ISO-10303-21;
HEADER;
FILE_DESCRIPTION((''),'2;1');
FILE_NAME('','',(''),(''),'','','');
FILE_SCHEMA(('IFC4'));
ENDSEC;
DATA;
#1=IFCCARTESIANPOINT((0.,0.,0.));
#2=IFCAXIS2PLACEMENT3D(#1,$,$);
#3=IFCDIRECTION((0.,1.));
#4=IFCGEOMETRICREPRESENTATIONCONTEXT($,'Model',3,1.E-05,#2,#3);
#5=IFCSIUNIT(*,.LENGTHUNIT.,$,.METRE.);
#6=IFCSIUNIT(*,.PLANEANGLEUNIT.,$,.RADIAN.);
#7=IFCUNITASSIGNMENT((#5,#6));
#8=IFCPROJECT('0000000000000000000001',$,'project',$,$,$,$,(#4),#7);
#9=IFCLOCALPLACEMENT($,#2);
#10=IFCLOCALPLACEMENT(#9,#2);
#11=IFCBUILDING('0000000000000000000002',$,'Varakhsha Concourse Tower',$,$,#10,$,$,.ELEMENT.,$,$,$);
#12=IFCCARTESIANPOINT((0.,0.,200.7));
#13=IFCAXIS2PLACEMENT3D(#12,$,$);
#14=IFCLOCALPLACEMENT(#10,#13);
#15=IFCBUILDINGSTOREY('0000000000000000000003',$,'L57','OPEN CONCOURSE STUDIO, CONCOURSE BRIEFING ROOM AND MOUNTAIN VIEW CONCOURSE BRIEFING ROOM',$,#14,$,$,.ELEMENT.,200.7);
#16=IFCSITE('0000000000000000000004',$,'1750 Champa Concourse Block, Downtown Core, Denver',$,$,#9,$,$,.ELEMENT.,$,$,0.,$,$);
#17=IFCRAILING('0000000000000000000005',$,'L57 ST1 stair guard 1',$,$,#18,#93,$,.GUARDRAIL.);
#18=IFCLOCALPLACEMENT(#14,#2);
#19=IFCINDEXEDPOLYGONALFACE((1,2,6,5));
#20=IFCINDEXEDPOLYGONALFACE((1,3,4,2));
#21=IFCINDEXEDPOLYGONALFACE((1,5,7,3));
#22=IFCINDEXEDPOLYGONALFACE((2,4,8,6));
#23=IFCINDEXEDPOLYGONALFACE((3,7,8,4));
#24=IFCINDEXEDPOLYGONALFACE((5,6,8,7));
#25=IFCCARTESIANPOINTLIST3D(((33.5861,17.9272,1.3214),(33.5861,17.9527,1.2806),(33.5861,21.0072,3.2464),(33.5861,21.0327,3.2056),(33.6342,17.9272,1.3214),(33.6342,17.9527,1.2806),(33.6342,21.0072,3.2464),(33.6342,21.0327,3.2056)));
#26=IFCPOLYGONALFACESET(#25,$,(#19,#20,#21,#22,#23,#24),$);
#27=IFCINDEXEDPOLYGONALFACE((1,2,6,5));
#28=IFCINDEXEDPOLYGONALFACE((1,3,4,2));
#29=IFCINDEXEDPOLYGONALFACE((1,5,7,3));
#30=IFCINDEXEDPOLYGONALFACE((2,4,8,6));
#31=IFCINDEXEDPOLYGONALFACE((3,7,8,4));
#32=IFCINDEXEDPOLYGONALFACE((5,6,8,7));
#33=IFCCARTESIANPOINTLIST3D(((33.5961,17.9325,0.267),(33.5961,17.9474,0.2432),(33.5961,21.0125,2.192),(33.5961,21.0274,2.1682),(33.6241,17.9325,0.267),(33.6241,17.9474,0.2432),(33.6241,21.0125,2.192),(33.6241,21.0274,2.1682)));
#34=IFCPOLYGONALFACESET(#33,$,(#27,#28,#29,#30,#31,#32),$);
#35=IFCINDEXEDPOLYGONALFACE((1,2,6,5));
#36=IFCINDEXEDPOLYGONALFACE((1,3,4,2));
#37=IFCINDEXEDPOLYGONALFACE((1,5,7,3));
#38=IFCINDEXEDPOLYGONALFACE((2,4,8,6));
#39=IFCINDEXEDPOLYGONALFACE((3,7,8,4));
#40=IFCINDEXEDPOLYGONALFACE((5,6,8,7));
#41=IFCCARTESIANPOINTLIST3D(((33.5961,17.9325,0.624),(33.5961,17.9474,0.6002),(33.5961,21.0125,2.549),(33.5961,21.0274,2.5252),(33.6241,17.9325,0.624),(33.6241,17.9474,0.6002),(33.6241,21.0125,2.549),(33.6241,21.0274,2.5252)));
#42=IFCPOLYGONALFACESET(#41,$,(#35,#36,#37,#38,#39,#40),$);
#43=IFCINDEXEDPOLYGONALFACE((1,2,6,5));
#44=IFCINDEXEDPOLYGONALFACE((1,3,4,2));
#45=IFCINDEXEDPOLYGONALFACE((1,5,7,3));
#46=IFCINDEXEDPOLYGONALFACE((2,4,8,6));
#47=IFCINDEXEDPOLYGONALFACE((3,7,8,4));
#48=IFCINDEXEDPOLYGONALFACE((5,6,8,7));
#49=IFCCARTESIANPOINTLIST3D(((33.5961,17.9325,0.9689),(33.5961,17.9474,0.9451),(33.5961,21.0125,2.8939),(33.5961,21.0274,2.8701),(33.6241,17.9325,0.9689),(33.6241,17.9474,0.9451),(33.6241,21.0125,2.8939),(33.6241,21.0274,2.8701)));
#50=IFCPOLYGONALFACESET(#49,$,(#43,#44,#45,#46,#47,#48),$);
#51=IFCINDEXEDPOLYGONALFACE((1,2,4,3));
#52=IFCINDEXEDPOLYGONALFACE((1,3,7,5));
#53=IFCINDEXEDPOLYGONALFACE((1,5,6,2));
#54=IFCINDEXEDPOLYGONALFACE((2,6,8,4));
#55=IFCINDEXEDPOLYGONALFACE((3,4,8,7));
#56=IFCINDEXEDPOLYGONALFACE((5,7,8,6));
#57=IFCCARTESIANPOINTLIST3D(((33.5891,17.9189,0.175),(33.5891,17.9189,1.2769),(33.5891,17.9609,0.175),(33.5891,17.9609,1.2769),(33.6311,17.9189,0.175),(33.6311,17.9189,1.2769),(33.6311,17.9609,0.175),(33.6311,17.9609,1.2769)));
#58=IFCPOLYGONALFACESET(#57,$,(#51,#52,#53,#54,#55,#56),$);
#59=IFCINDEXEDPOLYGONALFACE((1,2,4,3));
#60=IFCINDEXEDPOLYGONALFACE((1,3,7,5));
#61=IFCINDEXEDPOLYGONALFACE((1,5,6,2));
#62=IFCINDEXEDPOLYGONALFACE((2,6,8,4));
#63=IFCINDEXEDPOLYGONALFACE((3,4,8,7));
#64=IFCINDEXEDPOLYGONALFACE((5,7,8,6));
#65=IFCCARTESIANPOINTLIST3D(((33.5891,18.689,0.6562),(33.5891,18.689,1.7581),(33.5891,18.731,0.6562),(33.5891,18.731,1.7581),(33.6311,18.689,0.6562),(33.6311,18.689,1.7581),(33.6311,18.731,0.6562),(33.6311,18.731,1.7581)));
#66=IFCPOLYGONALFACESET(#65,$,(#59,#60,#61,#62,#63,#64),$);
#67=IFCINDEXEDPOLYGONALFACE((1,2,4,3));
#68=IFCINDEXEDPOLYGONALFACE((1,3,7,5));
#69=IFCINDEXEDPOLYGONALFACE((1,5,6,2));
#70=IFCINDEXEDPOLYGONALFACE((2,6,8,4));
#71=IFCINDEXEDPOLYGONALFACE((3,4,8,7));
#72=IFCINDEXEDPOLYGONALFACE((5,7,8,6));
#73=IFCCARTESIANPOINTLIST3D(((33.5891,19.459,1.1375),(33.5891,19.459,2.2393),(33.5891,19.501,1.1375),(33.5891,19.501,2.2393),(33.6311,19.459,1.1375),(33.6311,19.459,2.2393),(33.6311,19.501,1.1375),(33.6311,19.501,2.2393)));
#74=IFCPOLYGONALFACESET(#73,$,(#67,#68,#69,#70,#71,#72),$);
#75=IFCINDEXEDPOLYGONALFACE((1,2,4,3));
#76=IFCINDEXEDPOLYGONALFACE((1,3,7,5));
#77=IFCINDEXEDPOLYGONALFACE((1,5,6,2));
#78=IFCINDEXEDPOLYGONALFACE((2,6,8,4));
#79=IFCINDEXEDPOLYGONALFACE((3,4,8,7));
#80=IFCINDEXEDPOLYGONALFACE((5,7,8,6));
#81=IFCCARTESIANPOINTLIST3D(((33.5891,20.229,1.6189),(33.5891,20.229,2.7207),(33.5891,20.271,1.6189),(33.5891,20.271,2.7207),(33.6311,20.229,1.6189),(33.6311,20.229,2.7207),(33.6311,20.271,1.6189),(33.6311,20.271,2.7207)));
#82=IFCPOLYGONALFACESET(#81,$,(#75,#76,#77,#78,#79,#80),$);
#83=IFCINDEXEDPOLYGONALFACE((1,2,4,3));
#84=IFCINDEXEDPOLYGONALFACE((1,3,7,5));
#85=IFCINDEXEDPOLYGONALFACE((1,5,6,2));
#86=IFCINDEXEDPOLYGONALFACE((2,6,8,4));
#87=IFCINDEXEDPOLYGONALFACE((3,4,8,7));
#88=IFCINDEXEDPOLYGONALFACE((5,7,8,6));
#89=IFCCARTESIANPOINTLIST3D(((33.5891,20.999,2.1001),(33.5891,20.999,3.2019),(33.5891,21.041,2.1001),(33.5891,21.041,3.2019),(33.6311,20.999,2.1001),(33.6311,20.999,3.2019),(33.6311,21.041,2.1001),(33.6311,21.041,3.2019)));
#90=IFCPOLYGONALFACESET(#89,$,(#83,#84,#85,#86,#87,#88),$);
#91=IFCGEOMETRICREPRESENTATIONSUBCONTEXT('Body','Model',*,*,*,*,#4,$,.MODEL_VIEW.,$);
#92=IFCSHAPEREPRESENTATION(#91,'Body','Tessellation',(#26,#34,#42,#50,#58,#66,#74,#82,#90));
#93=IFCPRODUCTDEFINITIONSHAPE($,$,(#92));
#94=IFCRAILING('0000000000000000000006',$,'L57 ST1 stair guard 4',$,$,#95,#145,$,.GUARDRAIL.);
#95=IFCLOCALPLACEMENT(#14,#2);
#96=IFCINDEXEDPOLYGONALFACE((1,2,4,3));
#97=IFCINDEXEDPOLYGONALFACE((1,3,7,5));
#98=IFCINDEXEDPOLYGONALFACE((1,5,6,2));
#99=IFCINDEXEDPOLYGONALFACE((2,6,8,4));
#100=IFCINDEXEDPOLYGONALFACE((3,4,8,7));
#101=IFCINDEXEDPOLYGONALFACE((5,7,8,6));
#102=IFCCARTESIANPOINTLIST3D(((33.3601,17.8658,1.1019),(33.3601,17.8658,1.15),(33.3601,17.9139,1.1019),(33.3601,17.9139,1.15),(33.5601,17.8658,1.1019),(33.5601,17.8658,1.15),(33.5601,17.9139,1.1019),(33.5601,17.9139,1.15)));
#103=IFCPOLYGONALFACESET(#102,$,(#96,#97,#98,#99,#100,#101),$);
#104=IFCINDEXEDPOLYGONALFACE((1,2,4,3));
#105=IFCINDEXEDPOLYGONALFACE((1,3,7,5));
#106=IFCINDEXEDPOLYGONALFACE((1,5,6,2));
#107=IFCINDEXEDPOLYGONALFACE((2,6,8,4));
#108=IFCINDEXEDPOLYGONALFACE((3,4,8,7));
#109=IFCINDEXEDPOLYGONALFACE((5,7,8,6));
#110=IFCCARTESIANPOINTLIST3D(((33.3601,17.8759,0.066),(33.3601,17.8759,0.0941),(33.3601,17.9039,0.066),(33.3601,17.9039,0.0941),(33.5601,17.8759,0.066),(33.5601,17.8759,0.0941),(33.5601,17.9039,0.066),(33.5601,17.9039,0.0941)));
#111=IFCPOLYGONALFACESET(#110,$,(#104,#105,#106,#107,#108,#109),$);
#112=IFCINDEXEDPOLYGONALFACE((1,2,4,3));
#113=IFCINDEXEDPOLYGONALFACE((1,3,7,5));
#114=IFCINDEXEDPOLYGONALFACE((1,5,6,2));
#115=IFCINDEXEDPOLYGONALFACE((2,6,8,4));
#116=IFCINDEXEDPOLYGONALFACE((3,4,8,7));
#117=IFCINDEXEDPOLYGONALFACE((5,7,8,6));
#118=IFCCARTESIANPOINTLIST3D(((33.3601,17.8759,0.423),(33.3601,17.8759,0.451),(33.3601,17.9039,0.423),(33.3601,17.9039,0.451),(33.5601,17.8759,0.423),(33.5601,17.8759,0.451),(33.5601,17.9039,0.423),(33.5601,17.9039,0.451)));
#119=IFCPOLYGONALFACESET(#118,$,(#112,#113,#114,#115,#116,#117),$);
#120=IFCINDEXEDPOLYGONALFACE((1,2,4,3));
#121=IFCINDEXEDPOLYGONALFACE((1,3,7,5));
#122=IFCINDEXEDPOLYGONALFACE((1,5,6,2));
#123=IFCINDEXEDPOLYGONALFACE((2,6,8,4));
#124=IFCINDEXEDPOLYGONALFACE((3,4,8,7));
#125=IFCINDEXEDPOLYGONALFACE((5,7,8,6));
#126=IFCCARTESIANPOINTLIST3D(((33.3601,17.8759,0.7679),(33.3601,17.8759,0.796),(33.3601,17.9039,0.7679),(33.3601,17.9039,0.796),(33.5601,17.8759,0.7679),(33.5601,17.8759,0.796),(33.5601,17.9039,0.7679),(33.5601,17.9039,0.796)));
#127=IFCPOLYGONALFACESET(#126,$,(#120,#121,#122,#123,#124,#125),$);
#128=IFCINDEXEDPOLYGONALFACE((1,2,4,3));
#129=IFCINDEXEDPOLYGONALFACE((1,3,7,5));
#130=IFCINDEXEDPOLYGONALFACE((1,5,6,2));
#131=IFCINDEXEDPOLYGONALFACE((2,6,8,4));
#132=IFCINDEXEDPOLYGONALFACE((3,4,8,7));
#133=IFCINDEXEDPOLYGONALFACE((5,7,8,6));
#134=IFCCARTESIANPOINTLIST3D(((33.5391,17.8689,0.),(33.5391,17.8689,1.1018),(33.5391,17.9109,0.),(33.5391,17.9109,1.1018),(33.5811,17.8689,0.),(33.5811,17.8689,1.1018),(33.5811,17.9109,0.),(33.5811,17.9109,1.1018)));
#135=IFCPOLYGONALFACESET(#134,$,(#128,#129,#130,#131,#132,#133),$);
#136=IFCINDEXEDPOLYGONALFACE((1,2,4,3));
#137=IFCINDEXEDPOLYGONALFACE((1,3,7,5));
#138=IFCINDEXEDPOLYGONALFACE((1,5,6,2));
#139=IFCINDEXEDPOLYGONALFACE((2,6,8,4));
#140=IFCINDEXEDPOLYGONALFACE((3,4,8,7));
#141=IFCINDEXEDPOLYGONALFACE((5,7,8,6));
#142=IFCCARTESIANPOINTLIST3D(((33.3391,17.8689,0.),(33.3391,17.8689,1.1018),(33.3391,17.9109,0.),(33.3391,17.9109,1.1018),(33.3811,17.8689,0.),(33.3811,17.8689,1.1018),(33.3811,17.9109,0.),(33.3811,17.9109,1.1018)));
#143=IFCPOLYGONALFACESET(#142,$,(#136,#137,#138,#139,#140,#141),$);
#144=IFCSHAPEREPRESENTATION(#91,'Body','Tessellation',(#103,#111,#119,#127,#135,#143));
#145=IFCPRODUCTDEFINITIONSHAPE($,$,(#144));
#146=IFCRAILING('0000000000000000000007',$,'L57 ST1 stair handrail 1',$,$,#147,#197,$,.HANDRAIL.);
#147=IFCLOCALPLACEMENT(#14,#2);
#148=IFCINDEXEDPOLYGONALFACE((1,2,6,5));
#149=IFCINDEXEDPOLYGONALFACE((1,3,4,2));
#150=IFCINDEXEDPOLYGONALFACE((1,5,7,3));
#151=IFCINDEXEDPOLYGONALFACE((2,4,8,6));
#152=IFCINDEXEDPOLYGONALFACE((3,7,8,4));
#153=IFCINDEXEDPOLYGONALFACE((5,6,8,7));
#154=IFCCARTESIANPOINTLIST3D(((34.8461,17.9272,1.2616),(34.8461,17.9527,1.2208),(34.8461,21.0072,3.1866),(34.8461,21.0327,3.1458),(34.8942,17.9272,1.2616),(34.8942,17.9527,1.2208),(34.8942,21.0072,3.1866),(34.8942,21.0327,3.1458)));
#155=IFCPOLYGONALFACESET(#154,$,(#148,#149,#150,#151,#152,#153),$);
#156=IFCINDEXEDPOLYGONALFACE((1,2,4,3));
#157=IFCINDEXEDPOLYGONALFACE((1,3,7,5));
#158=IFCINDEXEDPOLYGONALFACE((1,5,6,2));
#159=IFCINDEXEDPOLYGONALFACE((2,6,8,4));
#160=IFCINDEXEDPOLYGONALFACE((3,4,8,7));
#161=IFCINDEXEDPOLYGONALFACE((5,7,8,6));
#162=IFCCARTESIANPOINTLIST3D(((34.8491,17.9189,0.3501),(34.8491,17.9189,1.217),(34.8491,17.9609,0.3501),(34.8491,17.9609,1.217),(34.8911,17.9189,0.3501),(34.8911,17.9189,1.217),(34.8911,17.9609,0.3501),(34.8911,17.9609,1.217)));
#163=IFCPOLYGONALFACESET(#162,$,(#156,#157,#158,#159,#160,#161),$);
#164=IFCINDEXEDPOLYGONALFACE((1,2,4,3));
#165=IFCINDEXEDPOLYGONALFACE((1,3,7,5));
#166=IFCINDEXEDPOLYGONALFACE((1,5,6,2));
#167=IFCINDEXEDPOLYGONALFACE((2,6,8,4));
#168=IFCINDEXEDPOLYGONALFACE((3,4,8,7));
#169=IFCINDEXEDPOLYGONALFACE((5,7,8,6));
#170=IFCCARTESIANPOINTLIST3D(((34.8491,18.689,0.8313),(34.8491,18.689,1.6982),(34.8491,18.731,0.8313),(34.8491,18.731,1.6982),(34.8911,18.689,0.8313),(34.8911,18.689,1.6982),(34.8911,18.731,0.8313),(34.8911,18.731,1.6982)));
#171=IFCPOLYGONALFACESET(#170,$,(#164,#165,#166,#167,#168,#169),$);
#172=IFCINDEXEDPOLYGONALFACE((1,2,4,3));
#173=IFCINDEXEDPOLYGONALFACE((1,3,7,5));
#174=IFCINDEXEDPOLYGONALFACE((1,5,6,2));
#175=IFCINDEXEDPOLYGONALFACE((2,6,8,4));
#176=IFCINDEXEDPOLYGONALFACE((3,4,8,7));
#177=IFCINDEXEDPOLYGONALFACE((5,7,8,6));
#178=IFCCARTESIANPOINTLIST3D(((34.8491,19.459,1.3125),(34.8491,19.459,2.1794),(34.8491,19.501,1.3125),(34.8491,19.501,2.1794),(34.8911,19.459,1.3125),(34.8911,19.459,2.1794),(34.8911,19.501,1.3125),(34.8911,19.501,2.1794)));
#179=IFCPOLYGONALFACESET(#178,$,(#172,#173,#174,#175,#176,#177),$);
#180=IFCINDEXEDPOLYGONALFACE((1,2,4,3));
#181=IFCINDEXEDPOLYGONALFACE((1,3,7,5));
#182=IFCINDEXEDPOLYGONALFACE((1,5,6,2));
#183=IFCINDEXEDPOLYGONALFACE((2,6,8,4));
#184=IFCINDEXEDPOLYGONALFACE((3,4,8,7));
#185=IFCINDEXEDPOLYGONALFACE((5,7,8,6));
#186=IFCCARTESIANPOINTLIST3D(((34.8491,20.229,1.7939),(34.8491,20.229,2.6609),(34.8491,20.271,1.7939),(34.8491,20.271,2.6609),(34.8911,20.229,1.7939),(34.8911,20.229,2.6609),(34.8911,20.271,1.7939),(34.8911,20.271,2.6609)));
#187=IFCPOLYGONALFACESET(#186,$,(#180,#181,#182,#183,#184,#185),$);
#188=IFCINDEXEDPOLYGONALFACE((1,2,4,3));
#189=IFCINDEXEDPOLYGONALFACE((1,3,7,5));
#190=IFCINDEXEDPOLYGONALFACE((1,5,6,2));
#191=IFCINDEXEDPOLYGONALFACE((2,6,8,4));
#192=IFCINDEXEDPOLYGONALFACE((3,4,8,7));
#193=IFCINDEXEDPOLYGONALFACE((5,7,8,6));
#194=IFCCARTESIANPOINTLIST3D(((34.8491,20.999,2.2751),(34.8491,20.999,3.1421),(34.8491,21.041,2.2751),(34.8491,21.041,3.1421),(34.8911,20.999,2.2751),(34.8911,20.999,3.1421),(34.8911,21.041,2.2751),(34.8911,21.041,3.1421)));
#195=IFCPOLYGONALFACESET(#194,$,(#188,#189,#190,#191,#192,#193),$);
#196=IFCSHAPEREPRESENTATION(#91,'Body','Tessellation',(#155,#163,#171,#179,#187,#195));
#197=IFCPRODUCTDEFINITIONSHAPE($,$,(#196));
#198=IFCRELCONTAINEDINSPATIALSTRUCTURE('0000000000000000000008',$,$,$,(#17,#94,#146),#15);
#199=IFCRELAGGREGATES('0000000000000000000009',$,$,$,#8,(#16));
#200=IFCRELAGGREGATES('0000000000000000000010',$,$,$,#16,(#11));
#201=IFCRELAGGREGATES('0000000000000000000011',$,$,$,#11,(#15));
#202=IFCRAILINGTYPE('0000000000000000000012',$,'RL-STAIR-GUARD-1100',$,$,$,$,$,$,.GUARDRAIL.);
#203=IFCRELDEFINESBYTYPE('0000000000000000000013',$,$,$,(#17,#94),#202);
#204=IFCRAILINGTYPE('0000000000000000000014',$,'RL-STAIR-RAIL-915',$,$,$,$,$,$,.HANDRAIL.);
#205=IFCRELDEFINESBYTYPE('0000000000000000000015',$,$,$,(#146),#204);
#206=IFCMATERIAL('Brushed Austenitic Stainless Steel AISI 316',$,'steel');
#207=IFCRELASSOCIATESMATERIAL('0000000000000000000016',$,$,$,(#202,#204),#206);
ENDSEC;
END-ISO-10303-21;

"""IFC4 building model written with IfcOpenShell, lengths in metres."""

from ifc_helpers import new_model, si_unit, direction, frame, origin, origin_2d, place, context, subcontext, project, spatial, rectangle, extrude, material, type_object, element, save


model = new_model("IFC4")

# Units and contexts
model_context = context("Model", 3, precision=1e-05, world=origin(), true_north=direction((0.0, 1.0)))
body_context = subcontext(model_context, "Body", "Model", "MODEL_VIEW")
ifc_project = project(units=[si_unit("LENGTHUNIT", "METRE"), si_unit("PLANEANGLEUNIT", "RADIAN")], contexts=[model_context])

# Site, building, storey
site_placement = place(None, origin())
site = spatial("IfcSite", under=ifc_project, at=site_placement, Name="1750 Champa Concourse Block, Downtown Core, Denver", CompositionType="ELEMENT", RefElevation=0.0)
building_placement = place(site_placement, origin())
building = spatial("IfcBuilding", under=site, at=building_placement, Name="Varakhsha Concourse Tower", CompositionType="ELEMENT")
storey_placement = place(building_placement, frame((0.0, 0.0, 200.7)))
storey = spatial("IfcBuildingStorey", under=building, at=storey_placement, Name="L57", Description="OPEN CONCOURSE STUDIO, CONCOURSE BRIEFING ROOM AND MOUNTAIN VIEW CONCOURSE BRIEFING ROOM", CompositionType="ELEMENT", Elevation=200.7)

# Railings
ifc_material_1 = material(Name="Brushed Austenitic Stainless Steel AISI 316", Category="steel")
railing_type_1 = type_object("IfcRailingType", Name="RL-STAIR-GUARD-1100", PredefinedType="GUARDRAIL", material=ifc_material_1)
railing_1_placement = place(storey_placement, frame((33.6101, 17.9399, 0.175)))
element("IfcRailing", 1, at=railing_1_placement, inside=storey, type_object=railing_type_1, Name="L57 ST1 stair guard 1", PredefinedType="GUARDRAIL", context=body_context, shape_type="SweptSolid", body=[
    extrude(rectangle(XDim=0.0481, YDim=0.0481, at=origin_2d()), frame((0.0, 0.0, 1.126), z_axis=(0.0, 0.847998, 0.529999), x_axis=(-1.0, 0.0, 0.0)), (0.0, 0.0, 1.0), 3.6321),
    extrude(rectangle(XDim=0.0281, YDim=0.0281, at=origin_2d()), frame((0.0, 0.0, 0.0801), z_axis=(0.0, 0.847998, 0.529999), x_axis=(-1.0, 0.0, 0.0)), (0.0, 0.0, 1.0), 3.6321),
    extrude(rectangle(XDim=0.0281, YDim=0.0281, at=origin_2d()), frame((0.0, 0.0, 0.437), z_axis=(0.0, 0.847998, 0.529999), x_axis=(-1.0, 0.0, 0.0)), (0.0, 0.0, 1.0), 3.6321),
    extrude(rectangle(XDim=0.0281, YDim=0.0281, at=origin_2d()), frame((0.0, 0.0, 0.782), z_axis=(0.0, 0.847998, 0.529999), x_axis=(-1.0, 0.0, 0.0)), (0.0, 0.0, 1.0), 3.6321),
    extrude(rectangle(XDim=0.042, YDim=0.042, at=origin_2d()), origin(), (0.0, 0.0, 1.0), 1.1018),
    extrude(rectangle(XDim=0.042, YDim=0.042, at=origin_2d()), frame((0.0, 0.77, 0.4812)), (0.0, 0.0, 1.0), 1.1018),
    extrude(rectangle(XDim=0.042, YDim=0.042, at=origin_2d()), frame((0.0, 1.54, 0.9624)), (0.0, 0.0, 1.0), 1.1018),
    extrude(rectangle(XDim=0.042, YDim=0.042, at=origin_2d()), frame((0.0, 2.3101, 1.4438)), (0.0, 0.0, 1.0), 1.1018),
    extrude(rectangle(XDim=0.042, YDim=0.042, at=origin_2d()), frame((0.0, 3.0801, 1.925)), (0.0, 0.0, 1.0), 1.1018),
])
railing_2_placement = place(storey_placement, frame((33.5601, 17.8899, 0.0)))
element("IfcRailing", 2, at=railing_2_placement, inside=storey, type_object=railing_type_1, Name="L57 ST1 stair guard 4", PredefinedType="GUARDRAIL", context=body_context, shape_type="SweptSolid", body=[
    extrude(rectangle(XDim=0.0481, YDim=0.0481, at=origin_2d()), frame((0.0, 0.0, 1.126), z_axis=(-1.0, 0.0, 0.0), x_axis=(0.0, -1.0, 0.0)), (0.0, 0.0, 1.0), 0.2),
    extrude(rectangle(XDim=0.0281, YDim=0.0281, at=origin_2d()), frame((0.0, 0.0, 0.0801), z_axis=(-1.0, 0.0, 0.0), x_axis=(0.0, -1.0, 0.0)), (0.0, 0.0, 1.0), 0.2),
    extrude(rectangle(XDim=0.0281, YDim=0.0281, at=origin_2d()), frame((0.0, 0.0, 0.437), z_axis=(-1.0, 0.0, 0.0), x_axis=(0.0, -1.0, 0.0)), (0.0, 0.0, 1.0), 0.2),
    extrude(rectangle(XDim=0.0281, YDim=0.0281, at=origin_2d()), frame((0.0, 0.0, 0.782), z_axis=(-1.0, 0.0, 0.0), x_axis=(0.0, -1.0, 0.0)), (0.0, 0.0, 1.0), 0.2),
    extrude(rectangle(XDim=0.042, YDim=0.042, at=origin_2d()), origin(), (0.0, 0.0, 1.0), 1.1018),
    extrude(rectangle(XDim=0.042, YDim=0.042, at=origin_2d()), frame((-0.2, 0.0, 0.0)), (0.0, 0.0, 1.0), 1.1018),
])
railing_type_2 = type_object("IfcRailingType", Name="RL-STAIR-RAIL-915", PredefinedType="HANDRAIL", material=ifc_material_1)
railing_3_placement = place(storey_placement, frame((34.8701, 17.9399, 0.3501)))
element("IfcRailing", 3, at=railing_3_placement, inside=storey, type_object=railing_type_2, Name="L57 ST1 stair handrail 1", PredefinedType="HANDRAIL", context=body_context, shape_type="SweptSolid", body=[
    extrude(rectangle(XDim=0.0481, YDim=0.0481, at=origin_2d()), frame((0.0, 0.0, 0.8911), z_axis=(0.0, 0.847998, 0.529999), x_axis=(-1.0, 0.0, 0.0)), (0.0, 0.0, 1.0), 3.6321),
    extrude(rectangle(XDim=0.042, YDim=0.042, at=origin_2d()), origin(), (0.0, 0.0, 1.0), 0.8669),
    extrude(rectangle(XDim=0.042, YDim=0.042, at=origin_2d()), frame((0.0, 0.77, 0.4812)), (0.0, 0.0, 1.0), 0.8669),
    extrude(rectangle(XDim=0.042, YDim=0.042, at=origin_2d()), frame((0.0, 1.54, 0.9624)), (0.0, 0.0, 1.0), 0.8669),
    extrude(rectangle(XDim=0.042, YDim=0.042, at=origin_2d()), frame((0.0, 2.3101, 1.4438)), (0.0, 0.0, 1.0), 0.8669),
    extrude(rectangle(XDim=0.042, YDim=0.042, at=origin_2d()), frame((0.0, 3.0801, 1.925)), (0.0, 0.0, 1.0), 0.8669),
])

save(model, "model.ifc")
